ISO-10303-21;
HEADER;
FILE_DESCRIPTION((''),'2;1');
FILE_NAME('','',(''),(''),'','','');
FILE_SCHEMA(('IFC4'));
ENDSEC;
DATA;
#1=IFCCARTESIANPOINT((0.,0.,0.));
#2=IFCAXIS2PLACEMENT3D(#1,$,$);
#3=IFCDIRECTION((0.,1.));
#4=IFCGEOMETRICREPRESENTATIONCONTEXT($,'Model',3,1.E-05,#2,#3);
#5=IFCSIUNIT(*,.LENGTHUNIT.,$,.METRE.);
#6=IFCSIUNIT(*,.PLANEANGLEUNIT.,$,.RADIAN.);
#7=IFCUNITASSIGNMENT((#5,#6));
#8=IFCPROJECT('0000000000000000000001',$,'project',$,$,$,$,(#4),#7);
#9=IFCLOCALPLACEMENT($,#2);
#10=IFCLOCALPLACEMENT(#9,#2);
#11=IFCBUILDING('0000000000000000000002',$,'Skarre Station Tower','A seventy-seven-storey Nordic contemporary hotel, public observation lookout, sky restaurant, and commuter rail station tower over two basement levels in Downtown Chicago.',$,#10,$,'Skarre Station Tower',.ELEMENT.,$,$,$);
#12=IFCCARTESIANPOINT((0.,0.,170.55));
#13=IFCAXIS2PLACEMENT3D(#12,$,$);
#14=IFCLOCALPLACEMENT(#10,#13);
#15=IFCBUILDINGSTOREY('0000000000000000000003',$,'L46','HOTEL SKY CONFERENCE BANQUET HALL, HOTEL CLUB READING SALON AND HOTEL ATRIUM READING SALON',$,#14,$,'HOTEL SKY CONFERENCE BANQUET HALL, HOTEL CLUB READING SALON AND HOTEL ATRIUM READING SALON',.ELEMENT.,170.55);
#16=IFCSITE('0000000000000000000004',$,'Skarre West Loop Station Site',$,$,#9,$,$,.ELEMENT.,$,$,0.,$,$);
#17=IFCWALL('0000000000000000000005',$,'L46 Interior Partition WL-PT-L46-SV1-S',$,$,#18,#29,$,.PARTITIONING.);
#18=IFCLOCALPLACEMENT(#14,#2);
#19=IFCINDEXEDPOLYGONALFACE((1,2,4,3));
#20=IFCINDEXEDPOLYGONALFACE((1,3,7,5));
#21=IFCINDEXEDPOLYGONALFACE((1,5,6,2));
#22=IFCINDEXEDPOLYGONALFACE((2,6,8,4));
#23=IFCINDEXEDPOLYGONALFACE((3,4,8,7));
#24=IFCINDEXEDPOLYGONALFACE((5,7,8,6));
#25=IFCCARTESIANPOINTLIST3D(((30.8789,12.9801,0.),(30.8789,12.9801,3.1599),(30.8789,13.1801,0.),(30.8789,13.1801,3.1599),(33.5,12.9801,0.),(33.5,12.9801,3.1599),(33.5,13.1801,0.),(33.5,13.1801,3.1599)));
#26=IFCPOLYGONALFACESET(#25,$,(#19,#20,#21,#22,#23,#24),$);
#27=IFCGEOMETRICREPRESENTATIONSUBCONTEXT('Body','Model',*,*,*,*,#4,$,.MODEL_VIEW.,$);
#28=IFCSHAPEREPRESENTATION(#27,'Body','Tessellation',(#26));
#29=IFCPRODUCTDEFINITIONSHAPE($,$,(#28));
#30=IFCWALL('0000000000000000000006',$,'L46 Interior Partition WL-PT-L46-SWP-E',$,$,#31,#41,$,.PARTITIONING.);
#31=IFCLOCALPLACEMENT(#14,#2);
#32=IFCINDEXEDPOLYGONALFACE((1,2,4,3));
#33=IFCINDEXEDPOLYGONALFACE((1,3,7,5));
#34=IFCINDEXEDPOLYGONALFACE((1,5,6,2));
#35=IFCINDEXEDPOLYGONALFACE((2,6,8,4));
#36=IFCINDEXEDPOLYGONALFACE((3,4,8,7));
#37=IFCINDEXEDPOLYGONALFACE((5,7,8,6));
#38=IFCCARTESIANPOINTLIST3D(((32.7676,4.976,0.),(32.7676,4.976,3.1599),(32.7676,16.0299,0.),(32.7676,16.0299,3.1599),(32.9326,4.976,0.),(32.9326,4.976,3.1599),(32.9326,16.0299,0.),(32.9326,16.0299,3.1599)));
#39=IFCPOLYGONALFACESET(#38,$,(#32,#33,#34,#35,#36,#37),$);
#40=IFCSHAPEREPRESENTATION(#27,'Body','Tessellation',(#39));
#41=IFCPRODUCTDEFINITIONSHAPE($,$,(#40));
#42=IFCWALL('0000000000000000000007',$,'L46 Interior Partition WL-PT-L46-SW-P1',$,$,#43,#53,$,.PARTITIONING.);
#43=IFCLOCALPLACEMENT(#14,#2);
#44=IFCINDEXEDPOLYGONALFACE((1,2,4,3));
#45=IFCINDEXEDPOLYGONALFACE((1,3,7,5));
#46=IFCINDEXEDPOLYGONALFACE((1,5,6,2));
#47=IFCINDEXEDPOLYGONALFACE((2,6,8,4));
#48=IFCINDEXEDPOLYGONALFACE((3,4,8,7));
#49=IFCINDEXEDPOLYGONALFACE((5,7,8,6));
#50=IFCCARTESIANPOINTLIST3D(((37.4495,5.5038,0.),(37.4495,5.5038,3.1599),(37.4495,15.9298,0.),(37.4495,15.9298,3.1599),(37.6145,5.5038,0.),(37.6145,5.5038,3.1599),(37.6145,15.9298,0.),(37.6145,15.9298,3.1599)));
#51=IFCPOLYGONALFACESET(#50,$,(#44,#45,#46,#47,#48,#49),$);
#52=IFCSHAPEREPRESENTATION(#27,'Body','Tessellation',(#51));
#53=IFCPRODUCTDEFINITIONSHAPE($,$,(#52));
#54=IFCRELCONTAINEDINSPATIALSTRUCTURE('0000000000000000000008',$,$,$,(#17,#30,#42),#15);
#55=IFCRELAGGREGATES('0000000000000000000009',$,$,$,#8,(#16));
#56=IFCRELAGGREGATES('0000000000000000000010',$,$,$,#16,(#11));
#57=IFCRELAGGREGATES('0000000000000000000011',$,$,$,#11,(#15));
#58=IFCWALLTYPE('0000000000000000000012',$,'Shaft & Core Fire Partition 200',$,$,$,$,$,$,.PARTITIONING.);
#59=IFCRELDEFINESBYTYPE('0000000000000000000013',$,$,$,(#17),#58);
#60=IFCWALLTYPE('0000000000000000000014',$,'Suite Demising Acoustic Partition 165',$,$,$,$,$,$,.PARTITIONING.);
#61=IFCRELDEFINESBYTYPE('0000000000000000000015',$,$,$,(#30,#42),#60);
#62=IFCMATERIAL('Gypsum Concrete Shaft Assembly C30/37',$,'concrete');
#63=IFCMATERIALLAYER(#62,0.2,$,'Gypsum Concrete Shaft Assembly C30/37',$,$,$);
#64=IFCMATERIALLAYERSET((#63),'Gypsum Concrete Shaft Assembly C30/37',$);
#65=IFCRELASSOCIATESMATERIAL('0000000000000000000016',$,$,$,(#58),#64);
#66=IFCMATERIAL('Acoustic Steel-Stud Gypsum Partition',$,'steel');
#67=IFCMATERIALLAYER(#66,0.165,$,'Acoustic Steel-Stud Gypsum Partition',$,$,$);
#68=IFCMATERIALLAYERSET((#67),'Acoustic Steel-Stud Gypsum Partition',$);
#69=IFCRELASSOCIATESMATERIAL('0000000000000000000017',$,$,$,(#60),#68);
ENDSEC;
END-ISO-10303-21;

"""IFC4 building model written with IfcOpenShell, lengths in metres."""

from ifc_helpers import new_model, si_unit, direction, frame, frame_2d, origin, place, context, subcontext, project, spatial, rectangle, extrude, material, layer, layer_set, type_object, element, save


model = new_model("IFC4")

# Units and contexts
model_context = context("Model", 3, precision=1e-05, world=origin(), true_north=direction((0.0, 1.0)))
body_context = subcontext(model_context, "Body", "Model", "MODEL_VIEW")
ifc_project = project(units=[si_unit("LENGTHUNIT", "METRE"), si_unit("PLANEANGLEUNIT", "RADIAN")], contexts=[model_context])

# Site, building, storey
site_placement = place(None, origin())
site = spatial("IfcSite", under=ifc_project, at=site_placement, Name="Skarre West Loop Station Site", CompositionType="ELEMENT", RefElevation=0.0)
building_placement = place(site_placement, origin())
building = spatial("IfcBuilding", under=site, at=building_placement, Name="Skarre Station Tower", Description="A seventy-seven-storey Nordic contemporary hotel, public observation lookout, sky restaurant, and commuter rail station tower over two basement levels in Downtown Chicago.", LongName="Skarre Station Tower", CompositionType="ELEMENT")
storey_placement = place(building_placement, frame((0.0, 0.0, 170.55)))
storey = spatial("IfcBuildingStorey", under=building, at=storey_placement, Name="L46", Description="HOTEL SKY CONFERENCE BANQUET HALL, HOTEL CLUB READING SALON AND HOTEL ATRIUM READING SALON", LongName="HOTEL SKY CONFERENCE BANQUET HALL, HOTEL CLUB READING SALON AND HOTEL ATRIUM READING SALON", CompositionType="ELEMENT", Elevation=170.55)

# Shared definitions
ifc_material_1 = material(Name="Acoustic Steel-Stud Gypsum Partition", Category="steel")

# Shared definitions
ifc_material_2 = material(Name="Gypsum Concrete Shaft Assembly C30/37", Category="concrete")
ifc_layer_1 = layer(ifc_material_2, 0.2, Name="Gypsum Concrete Shaft Assembly C30/37")
ifc_layer_set_1 = layer_set([ifc_layer_1], Name="Gypsum Concrete Shaft Assembly C30/37")
wall_type_1 = type_object("IfcWallType", Name="Shaft & Core Fire Partition 200", PredefinedType="PARTITIONING", material=ifc_layer_set_1)

# Walls
wall_1_placement = place(storey_placement, frame((30.8789, 13.0801, 0.0), z_axis=(0.0, 0.0, 1.0), x_axis=(1.0, 0.0, 0.0)))
element("IfcWall", 1, at=wall_1_placement, inside=storey, type_object=wall_type_1, Name="L46 Interior Partition WL-PT-L46-SV1-S", PredefinedType="PARTITIONING", context=body_context, shape_type="SweptSolid", body=[
    extrude(rectangle(XDim=2.6211, YDim=0.2, at=frame_2d((1.3105, 0.0))), origin(), (0.0, 0.0, 1.0), 3.1599),
])
ifc_layer_2 = layer(ifc_material_1, 0.165, Name="Acoustic Steel-Stud Gypsum Partition")
ifc_layer_set_2 = layer_set([ifc_layer_2], Name="Acoustic Steel-Stud Gypsum Partition")
wall_type_2 = type_object("IfcWallType", Name="Suite Demising Acoustic Partition 165", PredefinedType="PARTITIONING", material=ifc_layer_set_2)
wall_2_placement = place(storey_placement, frame((32.8501, 4.9761, 0.0), z_axis=(0.0, 0.0, 1.0), x_axis=(0.0, 1.0, 0.0)))
element("IfcWall", 2, at=wall_2_placement, inside=storey, type_object=wall_type_2, Name="L46 Interior Partition WL-PT-L46-SWP-E", PredefinedType="PARTITIONING", context=body_context, shape_type="SweptSolid", body=[
    extrude(rectangle(XDim=11.054, YDim=0.165, at=frame_2d((5.5269, 0.0))), origin(), (0.0, 0.0, 1.0), 3.1599),
])
wall_3_placement = place(storey_placement, frame((37.532, 5.5039, 0.0), z_axis=(0.0, 0.0, 1.0), x_axis=(0.0, 1.0, 0.0)))
element("IfcWall", 3, at=wall_3_placement, inside=storey, type_object=wall_type_2, Name="L46 Interior Partition WL-PT-L46-SW-P1", PredefinedType="PARTITIONING", context=body_context, shape_type="SweptSolid", body=[
    extrude(rectangle(XDim=10.426, YDim=0.165, at=frame_2d((5.2129, 0.0))), origin(), (0.0, 0.0, 1.0), 3.1599),
])

save(model, "model.ifc")
